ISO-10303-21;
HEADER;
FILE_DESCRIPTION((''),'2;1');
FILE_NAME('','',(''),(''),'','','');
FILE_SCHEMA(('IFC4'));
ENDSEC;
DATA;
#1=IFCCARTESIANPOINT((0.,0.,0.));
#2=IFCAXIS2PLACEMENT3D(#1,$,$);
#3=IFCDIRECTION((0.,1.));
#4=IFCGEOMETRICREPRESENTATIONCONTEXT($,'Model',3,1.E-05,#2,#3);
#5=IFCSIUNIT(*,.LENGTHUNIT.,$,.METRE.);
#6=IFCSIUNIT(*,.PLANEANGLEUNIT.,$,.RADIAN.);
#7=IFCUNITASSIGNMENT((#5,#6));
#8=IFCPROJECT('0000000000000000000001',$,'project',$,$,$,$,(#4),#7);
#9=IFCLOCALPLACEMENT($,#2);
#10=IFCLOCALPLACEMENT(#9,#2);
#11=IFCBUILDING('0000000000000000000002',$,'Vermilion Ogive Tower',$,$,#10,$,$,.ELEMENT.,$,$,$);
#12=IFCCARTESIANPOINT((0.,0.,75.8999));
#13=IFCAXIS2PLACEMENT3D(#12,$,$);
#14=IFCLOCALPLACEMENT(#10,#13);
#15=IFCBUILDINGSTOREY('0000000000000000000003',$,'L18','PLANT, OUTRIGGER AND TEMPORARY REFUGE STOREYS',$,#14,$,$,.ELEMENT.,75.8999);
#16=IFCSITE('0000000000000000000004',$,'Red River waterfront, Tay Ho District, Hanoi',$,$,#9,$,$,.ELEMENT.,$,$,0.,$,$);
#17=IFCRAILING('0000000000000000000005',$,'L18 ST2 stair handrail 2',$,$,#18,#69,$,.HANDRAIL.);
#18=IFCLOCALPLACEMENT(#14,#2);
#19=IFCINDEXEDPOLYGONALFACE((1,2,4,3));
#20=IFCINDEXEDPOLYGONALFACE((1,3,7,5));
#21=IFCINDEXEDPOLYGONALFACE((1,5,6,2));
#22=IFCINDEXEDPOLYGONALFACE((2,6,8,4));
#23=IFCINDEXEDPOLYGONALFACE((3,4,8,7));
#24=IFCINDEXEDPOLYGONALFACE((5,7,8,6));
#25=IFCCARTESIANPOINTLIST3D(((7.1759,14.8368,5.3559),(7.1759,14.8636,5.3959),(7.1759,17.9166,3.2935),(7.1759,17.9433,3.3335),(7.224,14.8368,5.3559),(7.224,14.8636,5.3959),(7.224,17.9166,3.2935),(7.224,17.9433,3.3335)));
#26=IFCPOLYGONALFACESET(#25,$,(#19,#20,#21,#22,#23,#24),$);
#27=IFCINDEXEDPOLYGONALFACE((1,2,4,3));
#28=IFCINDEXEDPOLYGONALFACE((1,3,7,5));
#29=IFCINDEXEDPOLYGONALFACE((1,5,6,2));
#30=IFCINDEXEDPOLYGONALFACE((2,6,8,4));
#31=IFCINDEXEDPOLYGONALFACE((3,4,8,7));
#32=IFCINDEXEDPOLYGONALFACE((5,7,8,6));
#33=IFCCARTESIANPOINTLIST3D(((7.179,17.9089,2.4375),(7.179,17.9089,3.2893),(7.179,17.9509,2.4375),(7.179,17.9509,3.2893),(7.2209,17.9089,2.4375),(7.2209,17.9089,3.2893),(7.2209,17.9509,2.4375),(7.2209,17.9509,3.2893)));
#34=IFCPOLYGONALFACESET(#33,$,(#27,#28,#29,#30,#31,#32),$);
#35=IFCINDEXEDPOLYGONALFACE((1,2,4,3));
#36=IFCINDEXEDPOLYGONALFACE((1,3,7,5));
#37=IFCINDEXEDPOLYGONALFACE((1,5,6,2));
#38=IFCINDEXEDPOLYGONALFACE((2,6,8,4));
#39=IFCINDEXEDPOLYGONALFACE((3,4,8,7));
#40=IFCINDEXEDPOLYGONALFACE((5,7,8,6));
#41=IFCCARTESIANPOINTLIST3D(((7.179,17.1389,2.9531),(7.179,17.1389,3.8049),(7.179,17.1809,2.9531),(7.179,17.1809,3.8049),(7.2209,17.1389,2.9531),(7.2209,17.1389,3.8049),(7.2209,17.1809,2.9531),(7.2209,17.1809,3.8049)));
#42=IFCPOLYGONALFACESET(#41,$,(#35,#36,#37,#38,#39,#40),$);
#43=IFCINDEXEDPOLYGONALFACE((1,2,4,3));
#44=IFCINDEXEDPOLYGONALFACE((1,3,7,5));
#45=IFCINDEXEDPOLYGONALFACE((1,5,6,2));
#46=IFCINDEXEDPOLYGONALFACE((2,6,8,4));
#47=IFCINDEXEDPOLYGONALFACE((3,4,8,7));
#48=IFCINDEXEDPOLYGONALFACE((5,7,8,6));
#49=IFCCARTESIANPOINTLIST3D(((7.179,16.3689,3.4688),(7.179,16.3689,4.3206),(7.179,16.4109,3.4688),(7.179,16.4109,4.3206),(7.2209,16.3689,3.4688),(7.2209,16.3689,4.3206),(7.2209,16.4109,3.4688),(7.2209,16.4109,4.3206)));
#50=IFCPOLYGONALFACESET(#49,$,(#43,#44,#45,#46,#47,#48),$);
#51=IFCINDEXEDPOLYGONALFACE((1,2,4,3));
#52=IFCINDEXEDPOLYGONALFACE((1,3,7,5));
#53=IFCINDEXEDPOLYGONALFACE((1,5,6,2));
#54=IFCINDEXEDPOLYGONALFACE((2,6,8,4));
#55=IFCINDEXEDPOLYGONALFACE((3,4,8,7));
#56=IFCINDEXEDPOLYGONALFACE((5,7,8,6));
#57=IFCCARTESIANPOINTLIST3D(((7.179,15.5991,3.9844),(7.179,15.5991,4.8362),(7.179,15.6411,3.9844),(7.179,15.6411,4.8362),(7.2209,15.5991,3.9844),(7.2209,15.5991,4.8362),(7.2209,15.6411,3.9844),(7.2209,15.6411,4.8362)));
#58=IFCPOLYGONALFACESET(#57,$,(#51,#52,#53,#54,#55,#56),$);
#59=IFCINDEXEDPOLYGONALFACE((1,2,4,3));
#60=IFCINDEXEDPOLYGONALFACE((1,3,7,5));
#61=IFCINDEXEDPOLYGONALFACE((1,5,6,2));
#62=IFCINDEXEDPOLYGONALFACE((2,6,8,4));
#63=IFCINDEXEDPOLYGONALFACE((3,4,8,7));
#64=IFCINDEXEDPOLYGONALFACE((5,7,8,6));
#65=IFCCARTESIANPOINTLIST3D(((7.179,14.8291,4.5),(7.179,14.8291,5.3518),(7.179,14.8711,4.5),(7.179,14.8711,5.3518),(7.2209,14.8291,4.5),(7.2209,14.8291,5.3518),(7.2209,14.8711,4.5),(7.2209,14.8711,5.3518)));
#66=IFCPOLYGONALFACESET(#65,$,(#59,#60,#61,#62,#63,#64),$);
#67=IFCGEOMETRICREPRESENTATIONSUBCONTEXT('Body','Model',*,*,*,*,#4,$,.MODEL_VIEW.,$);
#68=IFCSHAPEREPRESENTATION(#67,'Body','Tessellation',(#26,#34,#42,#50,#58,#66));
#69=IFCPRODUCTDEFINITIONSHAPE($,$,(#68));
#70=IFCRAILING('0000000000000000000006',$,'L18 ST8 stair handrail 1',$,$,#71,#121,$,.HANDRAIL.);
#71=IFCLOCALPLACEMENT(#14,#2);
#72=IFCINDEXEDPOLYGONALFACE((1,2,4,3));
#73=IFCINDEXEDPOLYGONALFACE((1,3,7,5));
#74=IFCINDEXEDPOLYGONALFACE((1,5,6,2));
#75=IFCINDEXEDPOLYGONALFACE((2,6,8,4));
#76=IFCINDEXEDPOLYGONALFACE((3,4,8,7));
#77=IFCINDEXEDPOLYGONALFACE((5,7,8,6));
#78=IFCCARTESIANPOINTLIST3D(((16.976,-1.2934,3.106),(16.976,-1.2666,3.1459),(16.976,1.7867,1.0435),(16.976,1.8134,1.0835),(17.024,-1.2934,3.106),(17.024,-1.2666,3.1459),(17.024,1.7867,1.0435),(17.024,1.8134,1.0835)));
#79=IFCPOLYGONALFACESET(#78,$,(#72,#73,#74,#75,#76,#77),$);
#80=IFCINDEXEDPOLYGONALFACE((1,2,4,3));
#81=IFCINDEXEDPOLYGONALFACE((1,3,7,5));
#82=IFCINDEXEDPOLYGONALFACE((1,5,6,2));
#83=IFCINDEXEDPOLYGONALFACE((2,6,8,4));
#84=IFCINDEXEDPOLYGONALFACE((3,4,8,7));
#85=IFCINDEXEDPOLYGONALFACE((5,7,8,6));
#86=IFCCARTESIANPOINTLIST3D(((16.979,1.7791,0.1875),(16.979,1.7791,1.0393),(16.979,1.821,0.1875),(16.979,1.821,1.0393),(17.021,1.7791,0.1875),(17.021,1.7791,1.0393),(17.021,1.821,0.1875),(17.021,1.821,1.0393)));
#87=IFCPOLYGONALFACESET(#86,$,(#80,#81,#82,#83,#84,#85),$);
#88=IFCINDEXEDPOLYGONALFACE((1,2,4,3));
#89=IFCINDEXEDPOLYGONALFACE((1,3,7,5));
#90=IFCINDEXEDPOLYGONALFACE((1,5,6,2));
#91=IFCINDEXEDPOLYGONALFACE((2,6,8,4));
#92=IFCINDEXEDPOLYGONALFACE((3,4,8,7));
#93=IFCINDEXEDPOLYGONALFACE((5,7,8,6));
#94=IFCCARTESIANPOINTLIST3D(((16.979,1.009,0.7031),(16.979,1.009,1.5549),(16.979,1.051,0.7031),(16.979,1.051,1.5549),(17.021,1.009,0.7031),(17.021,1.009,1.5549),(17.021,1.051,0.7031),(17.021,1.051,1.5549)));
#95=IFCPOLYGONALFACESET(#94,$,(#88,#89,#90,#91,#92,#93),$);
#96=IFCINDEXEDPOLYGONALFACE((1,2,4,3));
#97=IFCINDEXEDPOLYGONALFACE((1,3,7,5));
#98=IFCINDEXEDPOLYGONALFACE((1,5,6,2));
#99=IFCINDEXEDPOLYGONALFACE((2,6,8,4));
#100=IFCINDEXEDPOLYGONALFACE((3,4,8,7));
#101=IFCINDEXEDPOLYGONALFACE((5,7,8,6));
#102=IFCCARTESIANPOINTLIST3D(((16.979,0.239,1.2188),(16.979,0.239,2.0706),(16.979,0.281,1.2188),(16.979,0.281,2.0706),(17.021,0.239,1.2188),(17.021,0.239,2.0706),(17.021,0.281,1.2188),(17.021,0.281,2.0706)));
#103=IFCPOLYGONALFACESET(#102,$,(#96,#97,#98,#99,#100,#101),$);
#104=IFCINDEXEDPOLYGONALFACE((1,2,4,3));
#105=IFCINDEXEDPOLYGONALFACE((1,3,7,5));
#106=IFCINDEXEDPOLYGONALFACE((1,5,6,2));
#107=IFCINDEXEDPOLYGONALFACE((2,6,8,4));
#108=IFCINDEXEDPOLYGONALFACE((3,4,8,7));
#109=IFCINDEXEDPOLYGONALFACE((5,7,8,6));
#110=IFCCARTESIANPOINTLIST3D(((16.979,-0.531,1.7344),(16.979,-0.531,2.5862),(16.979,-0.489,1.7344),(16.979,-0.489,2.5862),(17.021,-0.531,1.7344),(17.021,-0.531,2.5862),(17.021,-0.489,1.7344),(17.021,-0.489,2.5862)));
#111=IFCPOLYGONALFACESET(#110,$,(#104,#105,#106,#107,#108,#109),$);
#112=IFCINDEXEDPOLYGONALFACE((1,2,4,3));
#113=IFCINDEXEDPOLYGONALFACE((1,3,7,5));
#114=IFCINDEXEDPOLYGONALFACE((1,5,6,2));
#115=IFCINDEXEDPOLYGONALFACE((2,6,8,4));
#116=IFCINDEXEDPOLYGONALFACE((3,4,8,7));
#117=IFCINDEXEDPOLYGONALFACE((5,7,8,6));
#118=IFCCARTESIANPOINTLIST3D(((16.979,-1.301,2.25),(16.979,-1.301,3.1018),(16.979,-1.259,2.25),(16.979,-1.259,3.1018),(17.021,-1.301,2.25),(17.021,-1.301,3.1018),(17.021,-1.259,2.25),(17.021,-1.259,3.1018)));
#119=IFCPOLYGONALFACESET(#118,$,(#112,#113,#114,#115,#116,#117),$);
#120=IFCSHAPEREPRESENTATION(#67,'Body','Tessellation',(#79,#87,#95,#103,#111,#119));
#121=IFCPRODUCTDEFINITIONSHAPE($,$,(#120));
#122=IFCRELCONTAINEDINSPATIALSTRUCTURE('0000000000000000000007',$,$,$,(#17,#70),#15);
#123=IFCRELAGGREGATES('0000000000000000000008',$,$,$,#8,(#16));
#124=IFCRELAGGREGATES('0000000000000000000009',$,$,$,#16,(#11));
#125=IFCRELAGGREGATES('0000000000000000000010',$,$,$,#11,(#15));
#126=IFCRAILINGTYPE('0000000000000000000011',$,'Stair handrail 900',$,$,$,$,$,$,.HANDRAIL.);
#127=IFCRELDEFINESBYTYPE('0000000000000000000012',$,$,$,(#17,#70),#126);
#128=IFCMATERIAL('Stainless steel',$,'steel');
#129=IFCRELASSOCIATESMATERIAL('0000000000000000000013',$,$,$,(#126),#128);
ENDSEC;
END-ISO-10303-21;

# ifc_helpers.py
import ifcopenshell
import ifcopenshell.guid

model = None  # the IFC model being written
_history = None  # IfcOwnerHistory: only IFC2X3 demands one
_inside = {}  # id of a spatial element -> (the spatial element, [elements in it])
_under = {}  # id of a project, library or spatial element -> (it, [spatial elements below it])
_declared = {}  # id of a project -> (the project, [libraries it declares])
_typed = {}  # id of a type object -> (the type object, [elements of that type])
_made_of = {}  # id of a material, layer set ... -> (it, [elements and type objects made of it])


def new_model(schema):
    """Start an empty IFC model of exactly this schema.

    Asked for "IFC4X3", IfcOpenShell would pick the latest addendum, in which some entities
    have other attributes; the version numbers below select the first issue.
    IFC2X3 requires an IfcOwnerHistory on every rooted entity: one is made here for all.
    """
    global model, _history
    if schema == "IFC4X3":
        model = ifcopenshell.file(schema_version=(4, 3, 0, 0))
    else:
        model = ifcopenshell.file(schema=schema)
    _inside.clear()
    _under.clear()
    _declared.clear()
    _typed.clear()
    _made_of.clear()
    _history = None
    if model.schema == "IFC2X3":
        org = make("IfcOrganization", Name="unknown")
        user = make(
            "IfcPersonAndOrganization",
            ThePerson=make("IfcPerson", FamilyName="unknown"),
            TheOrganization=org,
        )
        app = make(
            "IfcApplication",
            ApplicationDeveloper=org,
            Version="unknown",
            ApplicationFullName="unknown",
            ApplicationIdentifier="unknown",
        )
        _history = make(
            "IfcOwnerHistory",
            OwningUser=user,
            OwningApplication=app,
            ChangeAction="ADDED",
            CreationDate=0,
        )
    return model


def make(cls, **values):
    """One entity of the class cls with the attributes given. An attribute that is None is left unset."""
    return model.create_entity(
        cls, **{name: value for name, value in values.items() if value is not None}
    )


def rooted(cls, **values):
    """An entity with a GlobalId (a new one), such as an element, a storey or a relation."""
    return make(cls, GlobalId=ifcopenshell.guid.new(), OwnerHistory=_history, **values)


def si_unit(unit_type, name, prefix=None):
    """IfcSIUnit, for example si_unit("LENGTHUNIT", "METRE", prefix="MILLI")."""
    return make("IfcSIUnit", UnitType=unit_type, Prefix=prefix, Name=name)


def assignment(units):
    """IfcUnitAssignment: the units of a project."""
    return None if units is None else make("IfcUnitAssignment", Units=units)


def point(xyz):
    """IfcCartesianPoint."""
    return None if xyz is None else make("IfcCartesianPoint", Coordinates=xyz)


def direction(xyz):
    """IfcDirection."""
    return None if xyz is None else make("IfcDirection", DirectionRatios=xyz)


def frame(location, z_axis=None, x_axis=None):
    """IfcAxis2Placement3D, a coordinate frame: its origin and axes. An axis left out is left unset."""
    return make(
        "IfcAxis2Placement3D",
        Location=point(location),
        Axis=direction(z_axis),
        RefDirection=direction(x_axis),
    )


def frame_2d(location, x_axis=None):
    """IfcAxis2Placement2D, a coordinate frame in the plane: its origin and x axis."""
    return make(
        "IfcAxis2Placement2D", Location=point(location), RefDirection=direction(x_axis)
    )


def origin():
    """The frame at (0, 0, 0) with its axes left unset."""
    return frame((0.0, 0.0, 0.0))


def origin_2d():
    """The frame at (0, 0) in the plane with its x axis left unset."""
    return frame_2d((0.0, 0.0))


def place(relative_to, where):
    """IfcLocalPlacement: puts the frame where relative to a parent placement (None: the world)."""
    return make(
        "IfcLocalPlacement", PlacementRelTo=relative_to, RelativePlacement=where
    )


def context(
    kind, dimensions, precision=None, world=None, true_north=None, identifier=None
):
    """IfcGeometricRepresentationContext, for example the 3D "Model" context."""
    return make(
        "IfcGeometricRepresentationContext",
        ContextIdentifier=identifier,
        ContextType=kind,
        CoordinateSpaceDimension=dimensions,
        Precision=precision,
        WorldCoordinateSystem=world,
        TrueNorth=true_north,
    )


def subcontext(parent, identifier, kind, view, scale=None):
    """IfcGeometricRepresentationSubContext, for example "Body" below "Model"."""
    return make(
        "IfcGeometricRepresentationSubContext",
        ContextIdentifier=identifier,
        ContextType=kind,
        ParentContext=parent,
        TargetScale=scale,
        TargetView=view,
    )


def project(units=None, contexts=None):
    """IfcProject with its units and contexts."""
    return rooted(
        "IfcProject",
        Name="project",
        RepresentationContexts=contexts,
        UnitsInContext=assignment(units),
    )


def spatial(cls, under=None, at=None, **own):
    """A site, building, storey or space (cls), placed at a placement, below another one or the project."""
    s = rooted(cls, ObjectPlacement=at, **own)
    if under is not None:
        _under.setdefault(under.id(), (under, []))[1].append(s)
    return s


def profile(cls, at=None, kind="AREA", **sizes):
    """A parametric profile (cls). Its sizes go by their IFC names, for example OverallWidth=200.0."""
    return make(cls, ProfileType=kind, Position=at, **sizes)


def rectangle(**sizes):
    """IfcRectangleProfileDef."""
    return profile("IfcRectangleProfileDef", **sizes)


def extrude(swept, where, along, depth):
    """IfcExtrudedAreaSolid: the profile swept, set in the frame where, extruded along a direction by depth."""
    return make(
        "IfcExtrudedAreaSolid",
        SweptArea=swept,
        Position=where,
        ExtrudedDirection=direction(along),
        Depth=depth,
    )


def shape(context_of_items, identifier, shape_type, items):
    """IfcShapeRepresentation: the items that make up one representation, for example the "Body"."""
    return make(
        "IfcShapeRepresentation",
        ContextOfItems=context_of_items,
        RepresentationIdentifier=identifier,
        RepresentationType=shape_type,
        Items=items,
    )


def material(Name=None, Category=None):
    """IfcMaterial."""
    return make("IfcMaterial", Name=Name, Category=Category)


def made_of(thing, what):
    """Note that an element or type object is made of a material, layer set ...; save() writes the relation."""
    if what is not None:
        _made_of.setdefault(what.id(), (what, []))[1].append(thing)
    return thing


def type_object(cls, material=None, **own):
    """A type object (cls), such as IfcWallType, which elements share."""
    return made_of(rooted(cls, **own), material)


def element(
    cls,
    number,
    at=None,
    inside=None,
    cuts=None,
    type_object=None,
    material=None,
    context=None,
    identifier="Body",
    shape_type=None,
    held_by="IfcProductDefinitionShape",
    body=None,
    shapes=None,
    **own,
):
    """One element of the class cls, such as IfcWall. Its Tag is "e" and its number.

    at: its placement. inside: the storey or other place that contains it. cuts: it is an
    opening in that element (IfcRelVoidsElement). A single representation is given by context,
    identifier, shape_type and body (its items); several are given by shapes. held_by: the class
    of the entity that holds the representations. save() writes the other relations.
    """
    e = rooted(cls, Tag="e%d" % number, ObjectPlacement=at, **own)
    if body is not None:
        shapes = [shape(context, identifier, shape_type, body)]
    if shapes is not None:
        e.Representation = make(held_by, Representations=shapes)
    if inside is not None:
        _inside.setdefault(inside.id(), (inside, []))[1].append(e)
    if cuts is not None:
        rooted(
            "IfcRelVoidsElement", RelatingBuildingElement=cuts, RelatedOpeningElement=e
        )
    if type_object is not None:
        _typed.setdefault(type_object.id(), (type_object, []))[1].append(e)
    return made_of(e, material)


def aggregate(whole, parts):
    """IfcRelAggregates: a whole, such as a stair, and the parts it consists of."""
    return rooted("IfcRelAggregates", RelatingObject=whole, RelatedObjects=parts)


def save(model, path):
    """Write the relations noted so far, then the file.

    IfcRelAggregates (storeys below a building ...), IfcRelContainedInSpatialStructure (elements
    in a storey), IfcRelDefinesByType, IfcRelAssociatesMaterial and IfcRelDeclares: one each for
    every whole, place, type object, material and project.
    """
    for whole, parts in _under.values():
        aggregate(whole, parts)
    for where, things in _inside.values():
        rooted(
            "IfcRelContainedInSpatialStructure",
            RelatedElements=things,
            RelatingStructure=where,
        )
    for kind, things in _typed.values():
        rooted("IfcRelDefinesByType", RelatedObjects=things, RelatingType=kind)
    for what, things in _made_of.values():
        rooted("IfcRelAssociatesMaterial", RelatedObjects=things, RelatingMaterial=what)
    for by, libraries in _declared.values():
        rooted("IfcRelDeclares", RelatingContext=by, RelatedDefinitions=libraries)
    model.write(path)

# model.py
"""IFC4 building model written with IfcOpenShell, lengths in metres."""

from ifc_helpers import new_model, si_unit, direction, frame, origin, origin_2d, place, context, subcontext, project, spatial, rectangle, extrude, material, type_object, element, save


model = new_model("IFC4")

# Units and contexts
model_context = context("Model", 3, precision=1e-05, world=origin(), true_north=direction((0.0, 1.0)))
body_context = subcontext(model_context, "Body", "Model", "MODEL_VIEW")
ifc_project = project(units=[si_unit("LENGTHUNIT", "METRE"), si_unit("PLANEANGLEUNIT", "RADIAN")], contexts=[model_context])

# Site, building, storey
site_placement = place(None, origin())
site = spatial("IfcSite", under=ifc_project, at=site_placement, Name="Red River waterfront, Tay Ho District, Hanoi", CompositionType="ELEMENT", RefElevation=0.0)
building_placement = place(site_placement, origin())
building = spatial("IfcBuilding", under=site, at=building_placement, Name="Vermilion Ogive Tower", CompositionType="ELEMENT")
storey_placement = place(building_placement, frame((0.0, 0.0, 75.8999)))
storey = spatial("IfcBuildingStorey", under=building, at=storey_placement, Name="L18", Description="PLANT, OUTRIGGER AND TEMPORARY REFUGE STOREYS", CompositionType="ELEMENT", Elevation=75.8999)

# Railings
ifc_material_1 = material(Name="Stainless steel", Category="steel")
railing_type_1 = type_object("IfcRailingType", Name="Stair handrail 900", PredefinedType="HANDRAIL", material=ifc_material_1)
railing_1_placement = place(storey_placement, frame((7.2, 17.9299, 2.4375)))
element("IfcRailing", 1, at=railing_1_placement, inside=storey, type_object=railing_type_1, Name="L18 ST2 stair handrail 2", PredefinedType="HANDRAIL", context=body_context, shape_type="SweptSolid", body=[
    extrude(rectangle(XDim=0.0481, YDim=0.0481, at=origin_2d()), frame((0.0, 0.0, 0.876), z_axis=(0.0, -0.830893, 0.556432), x_axis=(1.0, 0.0, 0.0)), (0.0, 0.0, 1.0), 3.7065),
    extrude(rectangle(XDim=0.042, YDim=0.042, at=origin_2d()), origin(), (0.0, 0.0, 1.0), 0.8518),
    extrude(rectangle(XDim=0.042, YDim=0.042, at=origin_2d()), frame((0.0, -0.77, 0.5156)), (0.0, 0.0, 1.0), 0.8518),
    extrude(rectangle(XDim=0.042, YDim=0.042, at=origin_2d()), frame((0.0, -1.54, 1.0312)), (0.0, 0.0, 1.0), 0.8518),
    extrude(rectangle(XDim=0.042, YDim=0.042, at=origin_2d()), frame((0.0, -2.3098, 1.5469)), (0.0, 0.0, 1.0), 0.8518),
    extrude(rectangle(XDim=0.042, YDim=0.042, at=origin_2d()), frame((0.0, -3.0798, 2.0625)), (0.0, 0.0, 1.0), 0.8518),
])
railing_2_placement = place(storey_placement, frame((17.0, 1.8, 0.1875)))
element("IfcRailing", 2, at=railing_2_placement, inside=storey, type_object=railing_type_1, Name="L18 ST8 stair handrail 1", PredefinedType="HANDRAIL", context=body_context, shape_type="SweptSolid", body=[
    extrude(rectangle(XDim=0.0481, YDim=0.0481, at=origin_2d()), frame((0.0, 0.0, 0.876), z_axis=(0.0, -0.830914, 0.556401), x_axis=(1.0, 0.0, 0.0)), (0.0, 0.0, 1.0), 3.7068),
    extrude(rectangle(XDim=0.042, YDim=0.042, at=origin_2d()), origin(), (0.0, 0.0, 1.0), 0.8518),
    extrude(rectangle(XDim=0.042, YDim=0.042, at=origin_2d()), frame((0.0, -0.77, 0.5156)), (0.0, 0.0, 1.0), 0.8518),
    extrude(rectangle(XDim=0.042, YDim=0.042, at=origin_2d()), frame((0.0, -1.54, 1.0312)), (0.0, 0.0, 1.0), 0.8518),
    extrude(rectangle(XDim=0.042, YDim=0.042, at=origin_2d()), frame((0.0, -2.3101, 1.5469)), (0.0, 0.0, 1.0), 0.8518),
    extrude(rectangle(XDim=0.042, YDim=0.042, at=origin_2d()), frame((0.0, -3.0801, 2.0625)), (0.0, 0.0, 1.0), 0.8518),
])

save(model, "model.ifc")
